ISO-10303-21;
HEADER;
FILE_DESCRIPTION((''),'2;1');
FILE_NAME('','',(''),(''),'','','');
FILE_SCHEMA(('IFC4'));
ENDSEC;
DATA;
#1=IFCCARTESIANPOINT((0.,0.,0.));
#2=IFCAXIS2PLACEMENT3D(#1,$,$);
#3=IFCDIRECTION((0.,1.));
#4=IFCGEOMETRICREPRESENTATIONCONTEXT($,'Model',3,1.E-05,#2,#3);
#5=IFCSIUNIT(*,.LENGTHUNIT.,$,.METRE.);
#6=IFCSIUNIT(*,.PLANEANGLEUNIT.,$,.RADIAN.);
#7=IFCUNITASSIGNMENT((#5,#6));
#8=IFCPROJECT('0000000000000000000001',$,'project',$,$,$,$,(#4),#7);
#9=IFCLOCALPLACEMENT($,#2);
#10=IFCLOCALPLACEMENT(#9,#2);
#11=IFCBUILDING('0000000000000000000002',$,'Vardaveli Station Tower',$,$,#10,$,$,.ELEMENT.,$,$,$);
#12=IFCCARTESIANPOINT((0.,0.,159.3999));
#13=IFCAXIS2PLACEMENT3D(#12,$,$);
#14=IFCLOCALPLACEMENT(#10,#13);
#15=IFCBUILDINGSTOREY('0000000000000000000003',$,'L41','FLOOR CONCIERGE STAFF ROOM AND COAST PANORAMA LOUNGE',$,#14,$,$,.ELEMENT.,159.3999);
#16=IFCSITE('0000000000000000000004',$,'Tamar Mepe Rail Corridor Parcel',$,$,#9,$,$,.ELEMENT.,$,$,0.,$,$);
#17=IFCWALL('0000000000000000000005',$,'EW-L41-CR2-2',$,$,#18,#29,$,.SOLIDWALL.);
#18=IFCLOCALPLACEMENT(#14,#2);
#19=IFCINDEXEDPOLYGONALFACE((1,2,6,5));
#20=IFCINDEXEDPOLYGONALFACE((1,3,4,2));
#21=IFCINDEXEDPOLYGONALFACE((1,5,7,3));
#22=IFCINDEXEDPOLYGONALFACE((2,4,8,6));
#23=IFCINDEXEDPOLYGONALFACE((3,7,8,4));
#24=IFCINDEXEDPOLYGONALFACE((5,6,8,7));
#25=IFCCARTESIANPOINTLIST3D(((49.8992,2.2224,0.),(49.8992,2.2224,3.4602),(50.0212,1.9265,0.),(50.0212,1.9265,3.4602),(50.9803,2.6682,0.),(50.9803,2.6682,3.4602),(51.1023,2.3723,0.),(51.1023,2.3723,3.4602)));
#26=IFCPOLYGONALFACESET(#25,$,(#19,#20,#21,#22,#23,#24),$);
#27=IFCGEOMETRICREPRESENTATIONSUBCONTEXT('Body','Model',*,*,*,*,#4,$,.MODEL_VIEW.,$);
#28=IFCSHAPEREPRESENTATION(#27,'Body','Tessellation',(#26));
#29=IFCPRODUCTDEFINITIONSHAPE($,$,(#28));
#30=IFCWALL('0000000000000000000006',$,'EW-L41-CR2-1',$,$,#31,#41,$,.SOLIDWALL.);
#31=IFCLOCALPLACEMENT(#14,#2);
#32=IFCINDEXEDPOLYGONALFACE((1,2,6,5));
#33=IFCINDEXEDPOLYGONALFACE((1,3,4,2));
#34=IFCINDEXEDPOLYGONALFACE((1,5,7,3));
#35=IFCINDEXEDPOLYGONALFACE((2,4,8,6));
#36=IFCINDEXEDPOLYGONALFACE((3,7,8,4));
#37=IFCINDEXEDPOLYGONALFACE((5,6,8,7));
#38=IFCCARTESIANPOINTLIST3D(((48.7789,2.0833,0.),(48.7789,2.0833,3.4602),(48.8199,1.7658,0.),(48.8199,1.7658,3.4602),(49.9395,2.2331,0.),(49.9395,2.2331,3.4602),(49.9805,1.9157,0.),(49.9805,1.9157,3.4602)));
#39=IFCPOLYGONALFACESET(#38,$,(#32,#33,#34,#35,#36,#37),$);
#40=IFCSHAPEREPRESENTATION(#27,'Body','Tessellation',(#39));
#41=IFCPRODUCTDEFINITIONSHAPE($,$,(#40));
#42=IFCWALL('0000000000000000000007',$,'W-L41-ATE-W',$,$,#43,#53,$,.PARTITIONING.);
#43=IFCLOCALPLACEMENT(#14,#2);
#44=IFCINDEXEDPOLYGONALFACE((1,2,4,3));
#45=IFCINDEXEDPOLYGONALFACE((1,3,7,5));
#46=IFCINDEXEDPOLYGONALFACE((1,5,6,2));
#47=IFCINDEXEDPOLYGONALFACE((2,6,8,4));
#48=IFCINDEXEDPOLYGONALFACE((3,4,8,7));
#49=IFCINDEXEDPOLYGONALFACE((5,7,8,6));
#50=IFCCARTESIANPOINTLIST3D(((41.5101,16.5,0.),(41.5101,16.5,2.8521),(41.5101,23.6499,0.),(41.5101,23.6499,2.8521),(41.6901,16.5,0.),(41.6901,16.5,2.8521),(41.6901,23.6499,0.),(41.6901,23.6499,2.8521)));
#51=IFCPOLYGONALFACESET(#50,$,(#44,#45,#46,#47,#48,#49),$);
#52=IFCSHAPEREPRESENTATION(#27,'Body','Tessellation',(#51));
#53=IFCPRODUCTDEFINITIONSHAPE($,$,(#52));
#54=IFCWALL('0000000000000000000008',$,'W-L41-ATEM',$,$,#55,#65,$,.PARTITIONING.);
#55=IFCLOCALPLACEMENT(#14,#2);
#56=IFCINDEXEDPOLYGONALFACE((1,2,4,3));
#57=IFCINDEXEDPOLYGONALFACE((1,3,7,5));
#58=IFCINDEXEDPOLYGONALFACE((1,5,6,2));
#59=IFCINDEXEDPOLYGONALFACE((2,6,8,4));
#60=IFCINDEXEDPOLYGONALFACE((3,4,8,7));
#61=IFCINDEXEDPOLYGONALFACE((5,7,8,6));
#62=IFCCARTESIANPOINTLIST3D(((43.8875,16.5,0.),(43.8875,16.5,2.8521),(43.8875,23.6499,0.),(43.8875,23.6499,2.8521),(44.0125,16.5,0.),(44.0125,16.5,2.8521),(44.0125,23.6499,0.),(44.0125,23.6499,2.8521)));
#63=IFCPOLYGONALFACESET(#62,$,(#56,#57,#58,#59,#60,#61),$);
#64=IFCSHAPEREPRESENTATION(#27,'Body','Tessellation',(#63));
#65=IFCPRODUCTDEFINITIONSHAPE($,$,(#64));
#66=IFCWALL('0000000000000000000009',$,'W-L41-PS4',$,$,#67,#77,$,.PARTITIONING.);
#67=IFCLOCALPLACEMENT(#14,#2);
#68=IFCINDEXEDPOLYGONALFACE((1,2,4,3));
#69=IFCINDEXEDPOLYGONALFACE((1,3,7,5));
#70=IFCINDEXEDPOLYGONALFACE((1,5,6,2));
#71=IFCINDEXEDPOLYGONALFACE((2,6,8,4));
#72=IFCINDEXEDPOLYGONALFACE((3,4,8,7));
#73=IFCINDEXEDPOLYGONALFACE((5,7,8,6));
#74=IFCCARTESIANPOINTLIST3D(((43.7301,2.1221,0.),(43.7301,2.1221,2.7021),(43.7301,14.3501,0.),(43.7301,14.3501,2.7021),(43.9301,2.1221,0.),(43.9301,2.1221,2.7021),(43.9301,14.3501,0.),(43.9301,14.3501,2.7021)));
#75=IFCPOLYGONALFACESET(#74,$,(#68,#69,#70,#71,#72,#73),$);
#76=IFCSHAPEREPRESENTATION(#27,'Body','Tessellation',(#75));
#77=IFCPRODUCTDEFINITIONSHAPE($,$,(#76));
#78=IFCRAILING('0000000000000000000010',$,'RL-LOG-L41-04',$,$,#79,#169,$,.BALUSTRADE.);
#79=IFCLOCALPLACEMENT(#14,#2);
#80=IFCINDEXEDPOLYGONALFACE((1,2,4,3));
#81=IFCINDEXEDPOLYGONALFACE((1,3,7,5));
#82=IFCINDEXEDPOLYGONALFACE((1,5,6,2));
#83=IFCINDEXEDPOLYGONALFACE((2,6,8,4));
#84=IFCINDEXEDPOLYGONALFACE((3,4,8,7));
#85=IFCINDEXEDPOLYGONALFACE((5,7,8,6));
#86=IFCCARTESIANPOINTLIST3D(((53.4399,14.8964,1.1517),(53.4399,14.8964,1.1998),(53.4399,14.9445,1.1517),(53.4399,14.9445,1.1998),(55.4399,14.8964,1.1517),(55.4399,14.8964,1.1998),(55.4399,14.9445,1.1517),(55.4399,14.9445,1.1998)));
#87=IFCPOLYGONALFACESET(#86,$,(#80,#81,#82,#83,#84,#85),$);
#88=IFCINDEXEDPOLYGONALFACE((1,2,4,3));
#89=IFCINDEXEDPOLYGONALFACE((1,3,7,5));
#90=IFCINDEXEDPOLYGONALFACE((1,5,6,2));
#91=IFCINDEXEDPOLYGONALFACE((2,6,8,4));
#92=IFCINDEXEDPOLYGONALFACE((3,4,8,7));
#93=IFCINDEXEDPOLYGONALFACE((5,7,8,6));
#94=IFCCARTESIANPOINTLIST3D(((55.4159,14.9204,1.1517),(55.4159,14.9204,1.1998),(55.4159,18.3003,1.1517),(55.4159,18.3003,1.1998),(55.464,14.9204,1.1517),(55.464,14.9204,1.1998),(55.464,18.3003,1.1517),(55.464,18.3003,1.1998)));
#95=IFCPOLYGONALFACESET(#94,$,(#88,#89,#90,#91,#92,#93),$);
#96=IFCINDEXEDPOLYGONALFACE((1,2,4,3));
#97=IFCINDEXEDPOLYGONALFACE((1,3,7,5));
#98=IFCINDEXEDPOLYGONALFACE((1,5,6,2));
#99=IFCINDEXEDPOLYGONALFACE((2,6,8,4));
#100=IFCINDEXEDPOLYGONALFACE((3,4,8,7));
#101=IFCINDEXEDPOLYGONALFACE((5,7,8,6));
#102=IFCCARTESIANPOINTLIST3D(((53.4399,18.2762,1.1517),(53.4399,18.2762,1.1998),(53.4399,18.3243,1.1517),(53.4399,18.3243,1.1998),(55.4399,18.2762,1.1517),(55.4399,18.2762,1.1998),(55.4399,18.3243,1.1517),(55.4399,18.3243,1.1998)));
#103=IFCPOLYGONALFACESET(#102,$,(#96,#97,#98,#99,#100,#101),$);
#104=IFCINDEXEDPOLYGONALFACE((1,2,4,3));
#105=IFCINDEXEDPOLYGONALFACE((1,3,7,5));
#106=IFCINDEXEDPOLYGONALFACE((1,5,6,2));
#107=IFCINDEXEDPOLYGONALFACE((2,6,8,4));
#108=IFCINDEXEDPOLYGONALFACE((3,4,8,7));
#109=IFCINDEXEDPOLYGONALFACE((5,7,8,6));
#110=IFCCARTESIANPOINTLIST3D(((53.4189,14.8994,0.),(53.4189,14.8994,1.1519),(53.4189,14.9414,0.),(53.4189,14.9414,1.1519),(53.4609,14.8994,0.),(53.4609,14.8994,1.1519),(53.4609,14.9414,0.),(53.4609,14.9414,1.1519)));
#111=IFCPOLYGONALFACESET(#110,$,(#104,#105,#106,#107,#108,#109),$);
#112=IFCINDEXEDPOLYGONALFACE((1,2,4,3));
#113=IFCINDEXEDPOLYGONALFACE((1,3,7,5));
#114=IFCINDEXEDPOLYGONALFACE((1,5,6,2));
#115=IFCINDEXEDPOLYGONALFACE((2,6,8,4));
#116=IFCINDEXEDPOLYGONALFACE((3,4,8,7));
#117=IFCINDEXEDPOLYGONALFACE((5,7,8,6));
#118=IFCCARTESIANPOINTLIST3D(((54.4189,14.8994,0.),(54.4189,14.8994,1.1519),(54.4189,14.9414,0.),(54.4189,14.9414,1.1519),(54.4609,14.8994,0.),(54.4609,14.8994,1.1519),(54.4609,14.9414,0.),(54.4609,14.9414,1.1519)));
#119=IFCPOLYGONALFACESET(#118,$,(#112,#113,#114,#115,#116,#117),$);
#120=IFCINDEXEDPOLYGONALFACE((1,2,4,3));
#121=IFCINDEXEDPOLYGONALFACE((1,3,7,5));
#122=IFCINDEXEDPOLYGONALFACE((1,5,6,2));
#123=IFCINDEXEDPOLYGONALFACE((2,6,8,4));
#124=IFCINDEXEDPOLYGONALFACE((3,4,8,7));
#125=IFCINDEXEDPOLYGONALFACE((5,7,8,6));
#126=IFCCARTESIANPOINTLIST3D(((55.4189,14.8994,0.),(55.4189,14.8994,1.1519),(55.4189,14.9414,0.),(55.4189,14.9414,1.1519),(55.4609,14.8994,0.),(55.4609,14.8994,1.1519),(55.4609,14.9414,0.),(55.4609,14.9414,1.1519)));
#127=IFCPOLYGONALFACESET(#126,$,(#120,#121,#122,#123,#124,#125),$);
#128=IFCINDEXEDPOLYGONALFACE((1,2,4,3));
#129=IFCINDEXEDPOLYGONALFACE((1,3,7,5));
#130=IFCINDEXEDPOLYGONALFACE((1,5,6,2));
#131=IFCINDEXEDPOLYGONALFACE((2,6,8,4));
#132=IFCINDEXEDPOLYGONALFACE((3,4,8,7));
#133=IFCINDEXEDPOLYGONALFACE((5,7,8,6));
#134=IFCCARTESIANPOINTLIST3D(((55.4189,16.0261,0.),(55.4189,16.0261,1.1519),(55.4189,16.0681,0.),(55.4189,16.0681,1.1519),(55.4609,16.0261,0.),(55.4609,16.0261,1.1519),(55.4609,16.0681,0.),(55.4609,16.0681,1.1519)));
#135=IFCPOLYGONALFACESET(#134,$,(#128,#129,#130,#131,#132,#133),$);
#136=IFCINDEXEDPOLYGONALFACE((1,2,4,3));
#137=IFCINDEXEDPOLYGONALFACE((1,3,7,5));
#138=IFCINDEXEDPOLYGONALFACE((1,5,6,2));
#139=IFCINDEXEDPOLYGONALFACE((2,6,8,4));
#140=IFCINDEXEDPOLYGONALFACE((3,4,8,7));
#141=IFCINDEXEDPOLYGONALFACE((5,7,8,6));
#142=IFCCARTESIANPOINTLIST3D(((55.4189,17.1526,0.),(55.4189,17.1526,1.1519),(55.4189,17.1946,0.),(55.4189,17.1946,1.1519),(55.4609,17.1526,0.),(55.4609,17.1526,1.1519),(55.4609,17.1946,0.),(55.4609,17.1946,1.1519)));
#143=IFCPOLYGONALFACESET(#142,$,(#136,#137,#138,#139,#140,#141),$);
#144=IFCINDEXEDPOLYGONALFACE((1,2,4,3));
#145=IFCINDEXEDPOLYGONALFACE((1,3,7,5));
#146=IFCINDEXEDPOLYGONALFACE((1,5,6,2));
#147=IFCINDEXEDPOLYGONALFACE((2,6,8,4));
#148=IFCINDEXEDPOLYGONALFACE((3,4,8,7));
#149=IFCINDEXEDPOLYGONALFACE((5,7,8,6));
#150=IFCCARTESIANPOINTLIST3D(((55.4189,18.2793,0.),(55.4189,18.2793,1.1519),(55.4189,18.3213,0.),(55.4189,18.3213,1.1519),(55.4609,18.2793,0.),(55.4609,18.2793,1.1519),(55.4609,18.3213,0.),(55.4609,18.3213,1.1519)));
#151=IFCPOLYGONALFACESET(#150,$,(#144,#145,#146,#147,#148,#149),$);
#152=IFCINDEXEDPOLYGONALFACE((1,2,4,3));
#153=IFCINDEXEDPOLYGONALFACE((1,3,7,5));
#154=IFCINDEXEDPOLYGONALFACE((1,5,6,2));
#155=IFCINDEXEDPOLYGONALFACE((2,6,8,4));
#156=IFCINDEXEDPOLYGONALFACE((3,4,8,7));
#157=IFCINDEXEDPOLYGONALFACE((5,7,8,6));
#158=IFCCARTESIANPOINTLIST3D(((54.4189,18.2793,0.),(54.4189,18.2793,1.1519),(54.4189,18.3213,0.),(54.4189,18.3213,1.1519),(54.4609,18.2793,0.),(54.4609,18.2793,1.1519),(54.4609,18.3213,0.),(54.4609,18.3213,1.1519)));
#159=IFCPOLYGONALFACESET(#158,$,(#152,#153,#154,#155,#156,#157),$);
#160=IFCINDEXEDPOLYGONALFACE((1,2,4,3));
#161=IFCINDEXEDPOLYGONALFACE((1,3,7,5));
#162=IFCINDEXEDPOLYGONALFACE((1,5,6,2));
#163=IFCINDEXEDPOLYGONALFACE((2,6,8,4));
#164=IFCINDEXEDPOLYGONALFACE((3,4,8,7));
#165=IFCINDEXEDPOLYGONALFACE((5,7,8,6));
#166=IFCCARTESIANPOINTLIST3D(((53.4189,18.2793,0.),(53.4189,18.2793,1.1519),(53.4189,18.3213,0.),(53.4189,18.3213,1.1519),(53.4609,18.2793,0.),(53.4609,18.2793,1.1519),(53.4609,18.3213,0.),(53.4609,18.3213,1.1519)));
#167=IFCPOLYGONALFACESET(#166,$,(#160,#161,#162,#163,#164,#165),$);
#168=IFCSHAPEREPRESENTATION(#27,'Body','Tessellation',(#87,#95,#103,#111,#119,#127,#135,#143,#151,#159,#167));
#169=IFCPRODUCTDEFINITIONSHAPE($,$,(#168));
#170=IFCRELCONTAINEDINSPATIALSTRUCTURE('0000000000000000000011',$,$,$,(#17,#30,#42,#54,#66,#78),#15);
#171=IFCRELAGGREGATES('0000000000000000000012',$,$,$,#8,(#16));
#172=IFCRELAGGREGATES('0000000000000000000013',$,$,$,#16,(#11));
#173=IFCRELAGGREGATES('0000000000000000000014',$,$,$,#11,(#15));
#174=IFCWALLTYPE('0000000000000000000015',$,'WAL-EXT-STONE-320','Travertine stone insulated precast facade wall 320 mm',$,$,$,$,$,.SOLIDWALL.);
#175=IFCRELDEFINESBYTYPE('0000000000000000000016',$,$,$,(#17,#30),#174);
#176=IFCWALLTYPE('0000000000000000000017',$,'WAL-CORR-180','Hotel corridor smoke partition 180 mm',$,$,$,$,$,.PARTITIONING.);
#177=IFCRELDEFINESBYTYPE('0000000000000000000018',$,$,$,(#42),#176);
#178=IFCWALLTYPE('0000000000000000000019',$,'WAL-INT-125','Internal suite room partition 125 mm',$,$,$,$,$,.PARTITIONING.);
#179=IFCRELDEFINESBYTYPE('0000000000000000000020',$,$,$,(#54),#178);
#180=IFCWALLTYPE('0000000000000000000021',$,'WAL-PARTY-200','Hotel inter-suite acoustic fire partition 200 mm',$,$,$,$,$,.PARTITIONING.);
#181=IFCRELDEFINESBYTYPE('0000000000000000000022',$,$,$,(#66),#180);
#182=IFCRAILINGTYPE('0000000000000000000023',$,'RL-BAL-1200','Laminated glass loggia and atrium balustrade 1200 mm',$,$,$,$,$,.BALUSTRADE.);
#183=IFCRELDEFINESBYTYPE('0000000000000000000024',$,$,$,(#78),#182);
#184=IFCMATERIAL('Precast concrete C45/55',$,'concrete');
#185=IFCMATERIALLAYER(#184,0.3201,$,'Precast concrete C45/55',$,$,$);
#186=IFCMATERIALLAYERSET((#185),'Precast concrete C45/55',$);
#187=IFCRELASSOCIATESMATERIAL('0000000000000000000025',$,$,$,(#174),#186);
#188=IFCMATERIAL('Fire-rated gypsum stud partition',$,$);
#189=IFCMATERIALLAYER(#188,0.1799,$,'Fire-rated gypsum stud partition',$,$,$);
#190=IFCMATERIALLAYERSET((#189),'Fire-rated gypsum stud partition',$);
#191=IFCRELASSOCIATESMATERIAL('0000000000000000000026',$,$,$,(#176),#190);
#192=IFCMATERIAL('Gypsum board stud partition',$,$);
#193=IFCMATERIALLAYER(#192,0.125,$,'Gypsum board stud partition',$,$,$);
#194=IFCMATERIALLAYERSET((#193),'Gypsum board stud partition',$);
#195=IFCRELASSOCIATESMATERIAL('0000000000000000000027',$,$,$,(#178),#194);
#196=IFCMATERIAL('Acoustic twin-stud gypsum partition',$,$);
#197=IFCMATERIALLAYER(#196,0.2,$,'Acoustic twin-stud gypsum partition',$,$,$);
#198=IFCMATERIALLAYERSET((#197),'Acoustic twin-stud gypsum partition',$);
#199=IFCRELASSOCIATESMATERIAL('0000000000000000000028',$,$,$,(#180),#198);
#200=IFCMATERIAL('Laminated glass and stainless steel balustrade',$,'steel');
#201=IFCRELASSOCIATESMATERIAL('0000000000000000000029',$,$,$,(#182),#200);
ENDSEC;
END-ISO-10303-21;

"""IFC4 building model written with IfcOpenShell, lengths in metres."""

from ifc_helpers import new_model, si_unit, direction, frame, frame_2d, origin, origin_2d, place, context, subcontext, project, spatial, rectangle, extrude, source, transform, mapped, material, layer, layer_set, type_object, element, save


model = new_model("IFC4")

# Units and contexts
model_context = context("Model", 3, precision=1e-05, world=origin(), true_north=direction((0.0, 1.0)))
body_context = subcontext(model_context, "Body", "Model", "MODEL_VIEW")
ifc_project = project(units=[si_unit("LENGTHUNIT", "METRE"), si_unit("PLANEANGLEUNIT", "RADIAN")], contexts=[model_context])

# Site, building, storey
site_placement = place(None, origin())
site = spatial("IfcSite", under=ifc_project, at=site_placement, Name="Tamar Mepe Rail Corridor Parcel", CompositionType="ELEMENT", RefElevation=0.0)
building_placement = place(site_placement, origin())
building = spatial("IfcBuilding", under=site, at=building_placement, Name="Vardaveli Station Tower", CompositionType="ELEMENT")
storey_placement = place(building_placement, frame((0.0, 0.0, 159.3999)))
storey = spatial("IfcBuildingStorey", under=building, at=storey_placement, Name="L41", Description="FLOOR CONCIERGE STAFF ROOM AND COAST PANORAMA LOUNGE", CompositionType="ELEMENT", Elevation=159.3999)

# Shared definitions
ifc_material_1 = material(Name="Precast concrete C45/55", Category="concrete")

# Shared definitions
ifc_layer_1 = layer(ifc_material_1, 0.3201, Name="Precast concrete C45/55")
ifc_layer_set_1 = layer_set([ifc_layer_1], Name="Precast concrete C45/55")
wall_type_1 = type_object("IfcWallType", Name="WAL-EXT-STONE-320", Description="Travertine stone insulated precast facade wall 320 mm", PredefinedType="SOLIDWALL", material=ifc_layer_set_1)

# Walls
shared_shape_1 = source(origin(), body_context, "Body", "SweptSolid", [
    extrude(rectangle(XDim=1.1694, YDim=0.3201, at=frame_2d((0.5847, 0.0))), origin(), (0.0, 0.0, 1.0), 3.4602),
])
wall_1_placement = place(storey_placement, frame((49.9602, 2.0745, 0.0), z_axis=(0.0, 0.0, 1.0), x_axis=(0.924479, 0.381233, 0.0)))
element("IfcWall", 1, at=wall_1_placement, inside=storey, type_object=wall_type_1, Name="EW-L41-CR2-2", PredefinedType="SOLIDWALL", context=body_context, shape_type="MappedRepresentation", body=[
    mapped(shared_shape_1, transform((0.0, 0.0, 0.0), scale=1.0)),
])
shared_shape_2 = source(origin(), body_context, "Body", "SweptSolid", [
    extrude(rectangle(XDim=1.1702, YDim=0.3201, at=frame_2d((0.585, 0.0))), origin(), (0.0, 0.0, 1.0), 3.4602),
])
wall_2_placement = place(storey_placement, frame((48.7996, 1.9246, 0.0), z_axis=(0.0, 0.0, 1.0), x_axis=(0.991762, 0.12809, 0.0)))
element("IfcWall", 2, at=wall_2_placement, inside=storey, type_object=wall_type_1, Name="EW-L41-CR2-1", PredefinedType="SOLIDWALL", context=body_context, shape_type="MappedRepresentation", body=[
    mapped(shared_shape_2, transform((0.0, 0.0, 0.0), scale=1.0)),
])
ifc_material_2 = material(Name="Fire-rated gypsum stud partition")
ifc_layer_2 = layer(ifc_material_2, 0.1799, Name="Fire-rated gypsum stud partition")
ifc_layer_set_2 = layer_set([ifc_layer_2], Name="Fire-rated gypsum stud partition")
wall_type_2 = type_object("IfcWallType", Name="WAL-CORR-180", Description="Hotel corridor smoke partition 180 mm", PredefinedType="PARTITIONING", material=ifc_layer_set_2)
shared_shape_3 = source(origin(), body_context, "Body", "SweptSolid", [
    extrude(rectangle(XDim=7.1499, YDim=0.1799, at=frame_2d((3.575, 0.0))), origin(), (0.0, 0.0, 1.0), 2.8521),
])
wall_3_placement = place(storey_placement, frame((41.6001, 16.5, 0.0), z_axis=(0.0, 0.0, 1.0), x_axis=(0.0, 1.0, 0.0)))
element("IfcWall", 3, at=wall_3_placement, inside=storey, type_object=wall_type_2, Name="W-L41-ATE-W", PredefinedType="PARTITIONING", context=body_context, shape_type="MappedRepresentation", body=[
    mapped(shared_shape_3, transform((0.0, 0.0, 0.0), scale=1.0)),
])
ifc_material_3 = material(Name="Gypsum board stud partition")
ifc_layer_3 = layer(ifc_material_3, 0.125, Name="Gypsum board stud partition")
ifc_layer_set_3 = layer_set([ifc_layer_3], Name="Gypsum board stud partition")
wall_type_3 = type_object("IfcWallType", Name="WAL-INT-125", Description="Internal suite room partition 125 mm", PredefinedType="PARTITIONING", material=ifc_layer_set_3)
shared_shape_4 = source(origin(), body_context, "Body", "SweptSolid", [
    extrude(rectangle(XDim=7.1499, YDim=0.125, at=frame_2d((3.575, 0.0))), origin(), (0.0, 0.0, 1.0), 2.8521),
])
wall_4_placement = place(storey_placement, frame((43.95, 16.5, 0.0), z_axis=(0.0, 0.0, 1.0), x_axis=(0.0, 1.0, 0.0)))
element("IfcWall", 4, at=wall_4_placement, inside=storey, type_object=wall_type_3, Name="W-L41-ATEM", PredefinedType="PARTITIONING", context=body_context, shape_type="MappedRepresentation", body=[
    mapped(shared_shape_4, transform((0.0, 0.0, 0.0), scale=1.0)),
])
ifc_material_4 = material(Name="Acoustic twin-stud gypsum partition")
ifc_layer_4 = layer(ifc_material_4, 0.2, Name="Acoustic twin-stud gypsum partition")
ifc_layer_set_4 = layer_set([ifc_layer_4], Name="Acoustic twin-stud gypsum partition")
wall_type_4 = type_object("IfcWallType", Name="WAL-PARTY-200", Description="Hotel inter-suite acoustic fire partition 200 mm", PredefinedType="PARTITIONING", material=ifc_layer_set_4)
shared_shape_5 = source(origin(), body_context, "Body", "SweptSolid", [
    extrude(rectangle(XDim=12.228, YDim=0.2, at=frame_2d((6.114, 0.0))), origin(), (0.0, 0.0, 1.0), 2.7021),
])
wall_5_placement = place(storey_placement, frame((43.8301, 2.1221, 0.0), z_axis=(0.0, 0.0, 1.0), x_axis=(0.0, 1.0, 0.0)))
element("IfcWall", 5, at=wall_5_placement, inside=storey, type_object=wall_type_4, Name="W-L41-PS4", PredefinedType="PARTITIONING", context=body_context, shape_type="MappedRepresentation", body=[
    mapped(shared_shape_5, transform((0.0, 0.0, 0.0), scale=1.0)),
])

# Railing
ifc_material_5 = material(Name="Laminated glass and stainless steel balustrade", Category="steel")
railing_type = type_object("IfcRailingType", Name="RL-BAL-1200", Description="Laminated glass loggia and atrium balustrade 1200 mm", PredefinedType="BALUSTRADE", material=ifc_material_5)
shared_shape_6 = source(origin(), body_context, "Body", "SweptSolid", [
    extrude(rectangle(XDim=0.0481, YDim=0.0481, at=origin_2d()), frame((0.0, 0.0, 1.1758), z_axis=(1.0, 0.0, 0.0), x_axis=(0.0, 1.0, 0.0)), (0.0, 0.0, 1.0), 2.0),
    extrude(rectangle(XDim=0.0481, YDim=0.0481, at=origin_2d()), frame((2.0, 0.0, 1.1758), z_axis=(0.0, 1.0, 0.0), x_axis=(-1.0, 0.0, 0.0)), (0.0, 0.0, 1.0), 3.3799),
    extrude(rectangle(XDim=0.0481, YDim=0.0481, at=origin_2d()), frame((2.0, 3.3799, 1.1758), z_axis=(-1.0, 0.0, 0.0), x_axis=(0.0, -1.0, 0.0)), (0.0, 0.0, 1.0), 2.0),
    extrude(rectangle(XDim=0.042, YDim=0.042, at=origin_2d()), origin(), (0.0, 0.0, 1.0), 1.1519),
    extrude(rectangle(XDim=0.042, YDim=0.042, at=origin_2d()), frame((1.0, 0.0, 0.0)), (0.0, 0.0, 1.0), 1.1519),
    extrude(rectangle(XDim=0.042, YDim=0.042, at=origin_2d()), frame((2.0, 0.0, 0.0)), (0.0, 0.0, 1.0), 1.1519),
    extrude(rectangle(XDim=0.042, YDim=0.042, at=origin_2d()), frame((2.0, 1.1267, 0.0)), (0.0, 0.0, 1.0), 1.1519),
    extrude(rectangle(XDim=0.042, YDim=0.042, at=origin_2d()), frame((2.0, 2.2532, 0.0)), (0.0, 0.0, 1.0), 1.1519),
    extrude(rectangle(XDim=0.042, YDim=0.042, at=origin_2d()), frame((2.0, 3.3799, 0.0)), (0.0, 0.0, 1.0), 1.1519),
    extrude(rectangle(XDim=0.042, YDim=0.042, at=origin_2d()), frame((1.0, 3.3799, 0.0)), (0.0, 0.0, 1.0), 1.1519),
    extrude(rectangle(XDim=0.042, YDim=0.042, at=origin_2d()), frame((0.0, 3.3799, 0.0)), (0.0, 0.0, 1.0), 1.1519),
])
railing_placement = place(storey_placement, frame((53.4399, 14.9204, 0.0)))
element("IfcRailing", 6, at=railing_placement, inside=storey, type_object=railing_type, Name="RL-LOG-L41-04", PredefinedType="BALUSTRADE", context=body_context, shape_type="MappedRepresentation", body=[
    mapped(shared_shape_6, transform((0.0, 0.0, 0.0), scale=1.0)),
])

save(model, "model.ifc")
